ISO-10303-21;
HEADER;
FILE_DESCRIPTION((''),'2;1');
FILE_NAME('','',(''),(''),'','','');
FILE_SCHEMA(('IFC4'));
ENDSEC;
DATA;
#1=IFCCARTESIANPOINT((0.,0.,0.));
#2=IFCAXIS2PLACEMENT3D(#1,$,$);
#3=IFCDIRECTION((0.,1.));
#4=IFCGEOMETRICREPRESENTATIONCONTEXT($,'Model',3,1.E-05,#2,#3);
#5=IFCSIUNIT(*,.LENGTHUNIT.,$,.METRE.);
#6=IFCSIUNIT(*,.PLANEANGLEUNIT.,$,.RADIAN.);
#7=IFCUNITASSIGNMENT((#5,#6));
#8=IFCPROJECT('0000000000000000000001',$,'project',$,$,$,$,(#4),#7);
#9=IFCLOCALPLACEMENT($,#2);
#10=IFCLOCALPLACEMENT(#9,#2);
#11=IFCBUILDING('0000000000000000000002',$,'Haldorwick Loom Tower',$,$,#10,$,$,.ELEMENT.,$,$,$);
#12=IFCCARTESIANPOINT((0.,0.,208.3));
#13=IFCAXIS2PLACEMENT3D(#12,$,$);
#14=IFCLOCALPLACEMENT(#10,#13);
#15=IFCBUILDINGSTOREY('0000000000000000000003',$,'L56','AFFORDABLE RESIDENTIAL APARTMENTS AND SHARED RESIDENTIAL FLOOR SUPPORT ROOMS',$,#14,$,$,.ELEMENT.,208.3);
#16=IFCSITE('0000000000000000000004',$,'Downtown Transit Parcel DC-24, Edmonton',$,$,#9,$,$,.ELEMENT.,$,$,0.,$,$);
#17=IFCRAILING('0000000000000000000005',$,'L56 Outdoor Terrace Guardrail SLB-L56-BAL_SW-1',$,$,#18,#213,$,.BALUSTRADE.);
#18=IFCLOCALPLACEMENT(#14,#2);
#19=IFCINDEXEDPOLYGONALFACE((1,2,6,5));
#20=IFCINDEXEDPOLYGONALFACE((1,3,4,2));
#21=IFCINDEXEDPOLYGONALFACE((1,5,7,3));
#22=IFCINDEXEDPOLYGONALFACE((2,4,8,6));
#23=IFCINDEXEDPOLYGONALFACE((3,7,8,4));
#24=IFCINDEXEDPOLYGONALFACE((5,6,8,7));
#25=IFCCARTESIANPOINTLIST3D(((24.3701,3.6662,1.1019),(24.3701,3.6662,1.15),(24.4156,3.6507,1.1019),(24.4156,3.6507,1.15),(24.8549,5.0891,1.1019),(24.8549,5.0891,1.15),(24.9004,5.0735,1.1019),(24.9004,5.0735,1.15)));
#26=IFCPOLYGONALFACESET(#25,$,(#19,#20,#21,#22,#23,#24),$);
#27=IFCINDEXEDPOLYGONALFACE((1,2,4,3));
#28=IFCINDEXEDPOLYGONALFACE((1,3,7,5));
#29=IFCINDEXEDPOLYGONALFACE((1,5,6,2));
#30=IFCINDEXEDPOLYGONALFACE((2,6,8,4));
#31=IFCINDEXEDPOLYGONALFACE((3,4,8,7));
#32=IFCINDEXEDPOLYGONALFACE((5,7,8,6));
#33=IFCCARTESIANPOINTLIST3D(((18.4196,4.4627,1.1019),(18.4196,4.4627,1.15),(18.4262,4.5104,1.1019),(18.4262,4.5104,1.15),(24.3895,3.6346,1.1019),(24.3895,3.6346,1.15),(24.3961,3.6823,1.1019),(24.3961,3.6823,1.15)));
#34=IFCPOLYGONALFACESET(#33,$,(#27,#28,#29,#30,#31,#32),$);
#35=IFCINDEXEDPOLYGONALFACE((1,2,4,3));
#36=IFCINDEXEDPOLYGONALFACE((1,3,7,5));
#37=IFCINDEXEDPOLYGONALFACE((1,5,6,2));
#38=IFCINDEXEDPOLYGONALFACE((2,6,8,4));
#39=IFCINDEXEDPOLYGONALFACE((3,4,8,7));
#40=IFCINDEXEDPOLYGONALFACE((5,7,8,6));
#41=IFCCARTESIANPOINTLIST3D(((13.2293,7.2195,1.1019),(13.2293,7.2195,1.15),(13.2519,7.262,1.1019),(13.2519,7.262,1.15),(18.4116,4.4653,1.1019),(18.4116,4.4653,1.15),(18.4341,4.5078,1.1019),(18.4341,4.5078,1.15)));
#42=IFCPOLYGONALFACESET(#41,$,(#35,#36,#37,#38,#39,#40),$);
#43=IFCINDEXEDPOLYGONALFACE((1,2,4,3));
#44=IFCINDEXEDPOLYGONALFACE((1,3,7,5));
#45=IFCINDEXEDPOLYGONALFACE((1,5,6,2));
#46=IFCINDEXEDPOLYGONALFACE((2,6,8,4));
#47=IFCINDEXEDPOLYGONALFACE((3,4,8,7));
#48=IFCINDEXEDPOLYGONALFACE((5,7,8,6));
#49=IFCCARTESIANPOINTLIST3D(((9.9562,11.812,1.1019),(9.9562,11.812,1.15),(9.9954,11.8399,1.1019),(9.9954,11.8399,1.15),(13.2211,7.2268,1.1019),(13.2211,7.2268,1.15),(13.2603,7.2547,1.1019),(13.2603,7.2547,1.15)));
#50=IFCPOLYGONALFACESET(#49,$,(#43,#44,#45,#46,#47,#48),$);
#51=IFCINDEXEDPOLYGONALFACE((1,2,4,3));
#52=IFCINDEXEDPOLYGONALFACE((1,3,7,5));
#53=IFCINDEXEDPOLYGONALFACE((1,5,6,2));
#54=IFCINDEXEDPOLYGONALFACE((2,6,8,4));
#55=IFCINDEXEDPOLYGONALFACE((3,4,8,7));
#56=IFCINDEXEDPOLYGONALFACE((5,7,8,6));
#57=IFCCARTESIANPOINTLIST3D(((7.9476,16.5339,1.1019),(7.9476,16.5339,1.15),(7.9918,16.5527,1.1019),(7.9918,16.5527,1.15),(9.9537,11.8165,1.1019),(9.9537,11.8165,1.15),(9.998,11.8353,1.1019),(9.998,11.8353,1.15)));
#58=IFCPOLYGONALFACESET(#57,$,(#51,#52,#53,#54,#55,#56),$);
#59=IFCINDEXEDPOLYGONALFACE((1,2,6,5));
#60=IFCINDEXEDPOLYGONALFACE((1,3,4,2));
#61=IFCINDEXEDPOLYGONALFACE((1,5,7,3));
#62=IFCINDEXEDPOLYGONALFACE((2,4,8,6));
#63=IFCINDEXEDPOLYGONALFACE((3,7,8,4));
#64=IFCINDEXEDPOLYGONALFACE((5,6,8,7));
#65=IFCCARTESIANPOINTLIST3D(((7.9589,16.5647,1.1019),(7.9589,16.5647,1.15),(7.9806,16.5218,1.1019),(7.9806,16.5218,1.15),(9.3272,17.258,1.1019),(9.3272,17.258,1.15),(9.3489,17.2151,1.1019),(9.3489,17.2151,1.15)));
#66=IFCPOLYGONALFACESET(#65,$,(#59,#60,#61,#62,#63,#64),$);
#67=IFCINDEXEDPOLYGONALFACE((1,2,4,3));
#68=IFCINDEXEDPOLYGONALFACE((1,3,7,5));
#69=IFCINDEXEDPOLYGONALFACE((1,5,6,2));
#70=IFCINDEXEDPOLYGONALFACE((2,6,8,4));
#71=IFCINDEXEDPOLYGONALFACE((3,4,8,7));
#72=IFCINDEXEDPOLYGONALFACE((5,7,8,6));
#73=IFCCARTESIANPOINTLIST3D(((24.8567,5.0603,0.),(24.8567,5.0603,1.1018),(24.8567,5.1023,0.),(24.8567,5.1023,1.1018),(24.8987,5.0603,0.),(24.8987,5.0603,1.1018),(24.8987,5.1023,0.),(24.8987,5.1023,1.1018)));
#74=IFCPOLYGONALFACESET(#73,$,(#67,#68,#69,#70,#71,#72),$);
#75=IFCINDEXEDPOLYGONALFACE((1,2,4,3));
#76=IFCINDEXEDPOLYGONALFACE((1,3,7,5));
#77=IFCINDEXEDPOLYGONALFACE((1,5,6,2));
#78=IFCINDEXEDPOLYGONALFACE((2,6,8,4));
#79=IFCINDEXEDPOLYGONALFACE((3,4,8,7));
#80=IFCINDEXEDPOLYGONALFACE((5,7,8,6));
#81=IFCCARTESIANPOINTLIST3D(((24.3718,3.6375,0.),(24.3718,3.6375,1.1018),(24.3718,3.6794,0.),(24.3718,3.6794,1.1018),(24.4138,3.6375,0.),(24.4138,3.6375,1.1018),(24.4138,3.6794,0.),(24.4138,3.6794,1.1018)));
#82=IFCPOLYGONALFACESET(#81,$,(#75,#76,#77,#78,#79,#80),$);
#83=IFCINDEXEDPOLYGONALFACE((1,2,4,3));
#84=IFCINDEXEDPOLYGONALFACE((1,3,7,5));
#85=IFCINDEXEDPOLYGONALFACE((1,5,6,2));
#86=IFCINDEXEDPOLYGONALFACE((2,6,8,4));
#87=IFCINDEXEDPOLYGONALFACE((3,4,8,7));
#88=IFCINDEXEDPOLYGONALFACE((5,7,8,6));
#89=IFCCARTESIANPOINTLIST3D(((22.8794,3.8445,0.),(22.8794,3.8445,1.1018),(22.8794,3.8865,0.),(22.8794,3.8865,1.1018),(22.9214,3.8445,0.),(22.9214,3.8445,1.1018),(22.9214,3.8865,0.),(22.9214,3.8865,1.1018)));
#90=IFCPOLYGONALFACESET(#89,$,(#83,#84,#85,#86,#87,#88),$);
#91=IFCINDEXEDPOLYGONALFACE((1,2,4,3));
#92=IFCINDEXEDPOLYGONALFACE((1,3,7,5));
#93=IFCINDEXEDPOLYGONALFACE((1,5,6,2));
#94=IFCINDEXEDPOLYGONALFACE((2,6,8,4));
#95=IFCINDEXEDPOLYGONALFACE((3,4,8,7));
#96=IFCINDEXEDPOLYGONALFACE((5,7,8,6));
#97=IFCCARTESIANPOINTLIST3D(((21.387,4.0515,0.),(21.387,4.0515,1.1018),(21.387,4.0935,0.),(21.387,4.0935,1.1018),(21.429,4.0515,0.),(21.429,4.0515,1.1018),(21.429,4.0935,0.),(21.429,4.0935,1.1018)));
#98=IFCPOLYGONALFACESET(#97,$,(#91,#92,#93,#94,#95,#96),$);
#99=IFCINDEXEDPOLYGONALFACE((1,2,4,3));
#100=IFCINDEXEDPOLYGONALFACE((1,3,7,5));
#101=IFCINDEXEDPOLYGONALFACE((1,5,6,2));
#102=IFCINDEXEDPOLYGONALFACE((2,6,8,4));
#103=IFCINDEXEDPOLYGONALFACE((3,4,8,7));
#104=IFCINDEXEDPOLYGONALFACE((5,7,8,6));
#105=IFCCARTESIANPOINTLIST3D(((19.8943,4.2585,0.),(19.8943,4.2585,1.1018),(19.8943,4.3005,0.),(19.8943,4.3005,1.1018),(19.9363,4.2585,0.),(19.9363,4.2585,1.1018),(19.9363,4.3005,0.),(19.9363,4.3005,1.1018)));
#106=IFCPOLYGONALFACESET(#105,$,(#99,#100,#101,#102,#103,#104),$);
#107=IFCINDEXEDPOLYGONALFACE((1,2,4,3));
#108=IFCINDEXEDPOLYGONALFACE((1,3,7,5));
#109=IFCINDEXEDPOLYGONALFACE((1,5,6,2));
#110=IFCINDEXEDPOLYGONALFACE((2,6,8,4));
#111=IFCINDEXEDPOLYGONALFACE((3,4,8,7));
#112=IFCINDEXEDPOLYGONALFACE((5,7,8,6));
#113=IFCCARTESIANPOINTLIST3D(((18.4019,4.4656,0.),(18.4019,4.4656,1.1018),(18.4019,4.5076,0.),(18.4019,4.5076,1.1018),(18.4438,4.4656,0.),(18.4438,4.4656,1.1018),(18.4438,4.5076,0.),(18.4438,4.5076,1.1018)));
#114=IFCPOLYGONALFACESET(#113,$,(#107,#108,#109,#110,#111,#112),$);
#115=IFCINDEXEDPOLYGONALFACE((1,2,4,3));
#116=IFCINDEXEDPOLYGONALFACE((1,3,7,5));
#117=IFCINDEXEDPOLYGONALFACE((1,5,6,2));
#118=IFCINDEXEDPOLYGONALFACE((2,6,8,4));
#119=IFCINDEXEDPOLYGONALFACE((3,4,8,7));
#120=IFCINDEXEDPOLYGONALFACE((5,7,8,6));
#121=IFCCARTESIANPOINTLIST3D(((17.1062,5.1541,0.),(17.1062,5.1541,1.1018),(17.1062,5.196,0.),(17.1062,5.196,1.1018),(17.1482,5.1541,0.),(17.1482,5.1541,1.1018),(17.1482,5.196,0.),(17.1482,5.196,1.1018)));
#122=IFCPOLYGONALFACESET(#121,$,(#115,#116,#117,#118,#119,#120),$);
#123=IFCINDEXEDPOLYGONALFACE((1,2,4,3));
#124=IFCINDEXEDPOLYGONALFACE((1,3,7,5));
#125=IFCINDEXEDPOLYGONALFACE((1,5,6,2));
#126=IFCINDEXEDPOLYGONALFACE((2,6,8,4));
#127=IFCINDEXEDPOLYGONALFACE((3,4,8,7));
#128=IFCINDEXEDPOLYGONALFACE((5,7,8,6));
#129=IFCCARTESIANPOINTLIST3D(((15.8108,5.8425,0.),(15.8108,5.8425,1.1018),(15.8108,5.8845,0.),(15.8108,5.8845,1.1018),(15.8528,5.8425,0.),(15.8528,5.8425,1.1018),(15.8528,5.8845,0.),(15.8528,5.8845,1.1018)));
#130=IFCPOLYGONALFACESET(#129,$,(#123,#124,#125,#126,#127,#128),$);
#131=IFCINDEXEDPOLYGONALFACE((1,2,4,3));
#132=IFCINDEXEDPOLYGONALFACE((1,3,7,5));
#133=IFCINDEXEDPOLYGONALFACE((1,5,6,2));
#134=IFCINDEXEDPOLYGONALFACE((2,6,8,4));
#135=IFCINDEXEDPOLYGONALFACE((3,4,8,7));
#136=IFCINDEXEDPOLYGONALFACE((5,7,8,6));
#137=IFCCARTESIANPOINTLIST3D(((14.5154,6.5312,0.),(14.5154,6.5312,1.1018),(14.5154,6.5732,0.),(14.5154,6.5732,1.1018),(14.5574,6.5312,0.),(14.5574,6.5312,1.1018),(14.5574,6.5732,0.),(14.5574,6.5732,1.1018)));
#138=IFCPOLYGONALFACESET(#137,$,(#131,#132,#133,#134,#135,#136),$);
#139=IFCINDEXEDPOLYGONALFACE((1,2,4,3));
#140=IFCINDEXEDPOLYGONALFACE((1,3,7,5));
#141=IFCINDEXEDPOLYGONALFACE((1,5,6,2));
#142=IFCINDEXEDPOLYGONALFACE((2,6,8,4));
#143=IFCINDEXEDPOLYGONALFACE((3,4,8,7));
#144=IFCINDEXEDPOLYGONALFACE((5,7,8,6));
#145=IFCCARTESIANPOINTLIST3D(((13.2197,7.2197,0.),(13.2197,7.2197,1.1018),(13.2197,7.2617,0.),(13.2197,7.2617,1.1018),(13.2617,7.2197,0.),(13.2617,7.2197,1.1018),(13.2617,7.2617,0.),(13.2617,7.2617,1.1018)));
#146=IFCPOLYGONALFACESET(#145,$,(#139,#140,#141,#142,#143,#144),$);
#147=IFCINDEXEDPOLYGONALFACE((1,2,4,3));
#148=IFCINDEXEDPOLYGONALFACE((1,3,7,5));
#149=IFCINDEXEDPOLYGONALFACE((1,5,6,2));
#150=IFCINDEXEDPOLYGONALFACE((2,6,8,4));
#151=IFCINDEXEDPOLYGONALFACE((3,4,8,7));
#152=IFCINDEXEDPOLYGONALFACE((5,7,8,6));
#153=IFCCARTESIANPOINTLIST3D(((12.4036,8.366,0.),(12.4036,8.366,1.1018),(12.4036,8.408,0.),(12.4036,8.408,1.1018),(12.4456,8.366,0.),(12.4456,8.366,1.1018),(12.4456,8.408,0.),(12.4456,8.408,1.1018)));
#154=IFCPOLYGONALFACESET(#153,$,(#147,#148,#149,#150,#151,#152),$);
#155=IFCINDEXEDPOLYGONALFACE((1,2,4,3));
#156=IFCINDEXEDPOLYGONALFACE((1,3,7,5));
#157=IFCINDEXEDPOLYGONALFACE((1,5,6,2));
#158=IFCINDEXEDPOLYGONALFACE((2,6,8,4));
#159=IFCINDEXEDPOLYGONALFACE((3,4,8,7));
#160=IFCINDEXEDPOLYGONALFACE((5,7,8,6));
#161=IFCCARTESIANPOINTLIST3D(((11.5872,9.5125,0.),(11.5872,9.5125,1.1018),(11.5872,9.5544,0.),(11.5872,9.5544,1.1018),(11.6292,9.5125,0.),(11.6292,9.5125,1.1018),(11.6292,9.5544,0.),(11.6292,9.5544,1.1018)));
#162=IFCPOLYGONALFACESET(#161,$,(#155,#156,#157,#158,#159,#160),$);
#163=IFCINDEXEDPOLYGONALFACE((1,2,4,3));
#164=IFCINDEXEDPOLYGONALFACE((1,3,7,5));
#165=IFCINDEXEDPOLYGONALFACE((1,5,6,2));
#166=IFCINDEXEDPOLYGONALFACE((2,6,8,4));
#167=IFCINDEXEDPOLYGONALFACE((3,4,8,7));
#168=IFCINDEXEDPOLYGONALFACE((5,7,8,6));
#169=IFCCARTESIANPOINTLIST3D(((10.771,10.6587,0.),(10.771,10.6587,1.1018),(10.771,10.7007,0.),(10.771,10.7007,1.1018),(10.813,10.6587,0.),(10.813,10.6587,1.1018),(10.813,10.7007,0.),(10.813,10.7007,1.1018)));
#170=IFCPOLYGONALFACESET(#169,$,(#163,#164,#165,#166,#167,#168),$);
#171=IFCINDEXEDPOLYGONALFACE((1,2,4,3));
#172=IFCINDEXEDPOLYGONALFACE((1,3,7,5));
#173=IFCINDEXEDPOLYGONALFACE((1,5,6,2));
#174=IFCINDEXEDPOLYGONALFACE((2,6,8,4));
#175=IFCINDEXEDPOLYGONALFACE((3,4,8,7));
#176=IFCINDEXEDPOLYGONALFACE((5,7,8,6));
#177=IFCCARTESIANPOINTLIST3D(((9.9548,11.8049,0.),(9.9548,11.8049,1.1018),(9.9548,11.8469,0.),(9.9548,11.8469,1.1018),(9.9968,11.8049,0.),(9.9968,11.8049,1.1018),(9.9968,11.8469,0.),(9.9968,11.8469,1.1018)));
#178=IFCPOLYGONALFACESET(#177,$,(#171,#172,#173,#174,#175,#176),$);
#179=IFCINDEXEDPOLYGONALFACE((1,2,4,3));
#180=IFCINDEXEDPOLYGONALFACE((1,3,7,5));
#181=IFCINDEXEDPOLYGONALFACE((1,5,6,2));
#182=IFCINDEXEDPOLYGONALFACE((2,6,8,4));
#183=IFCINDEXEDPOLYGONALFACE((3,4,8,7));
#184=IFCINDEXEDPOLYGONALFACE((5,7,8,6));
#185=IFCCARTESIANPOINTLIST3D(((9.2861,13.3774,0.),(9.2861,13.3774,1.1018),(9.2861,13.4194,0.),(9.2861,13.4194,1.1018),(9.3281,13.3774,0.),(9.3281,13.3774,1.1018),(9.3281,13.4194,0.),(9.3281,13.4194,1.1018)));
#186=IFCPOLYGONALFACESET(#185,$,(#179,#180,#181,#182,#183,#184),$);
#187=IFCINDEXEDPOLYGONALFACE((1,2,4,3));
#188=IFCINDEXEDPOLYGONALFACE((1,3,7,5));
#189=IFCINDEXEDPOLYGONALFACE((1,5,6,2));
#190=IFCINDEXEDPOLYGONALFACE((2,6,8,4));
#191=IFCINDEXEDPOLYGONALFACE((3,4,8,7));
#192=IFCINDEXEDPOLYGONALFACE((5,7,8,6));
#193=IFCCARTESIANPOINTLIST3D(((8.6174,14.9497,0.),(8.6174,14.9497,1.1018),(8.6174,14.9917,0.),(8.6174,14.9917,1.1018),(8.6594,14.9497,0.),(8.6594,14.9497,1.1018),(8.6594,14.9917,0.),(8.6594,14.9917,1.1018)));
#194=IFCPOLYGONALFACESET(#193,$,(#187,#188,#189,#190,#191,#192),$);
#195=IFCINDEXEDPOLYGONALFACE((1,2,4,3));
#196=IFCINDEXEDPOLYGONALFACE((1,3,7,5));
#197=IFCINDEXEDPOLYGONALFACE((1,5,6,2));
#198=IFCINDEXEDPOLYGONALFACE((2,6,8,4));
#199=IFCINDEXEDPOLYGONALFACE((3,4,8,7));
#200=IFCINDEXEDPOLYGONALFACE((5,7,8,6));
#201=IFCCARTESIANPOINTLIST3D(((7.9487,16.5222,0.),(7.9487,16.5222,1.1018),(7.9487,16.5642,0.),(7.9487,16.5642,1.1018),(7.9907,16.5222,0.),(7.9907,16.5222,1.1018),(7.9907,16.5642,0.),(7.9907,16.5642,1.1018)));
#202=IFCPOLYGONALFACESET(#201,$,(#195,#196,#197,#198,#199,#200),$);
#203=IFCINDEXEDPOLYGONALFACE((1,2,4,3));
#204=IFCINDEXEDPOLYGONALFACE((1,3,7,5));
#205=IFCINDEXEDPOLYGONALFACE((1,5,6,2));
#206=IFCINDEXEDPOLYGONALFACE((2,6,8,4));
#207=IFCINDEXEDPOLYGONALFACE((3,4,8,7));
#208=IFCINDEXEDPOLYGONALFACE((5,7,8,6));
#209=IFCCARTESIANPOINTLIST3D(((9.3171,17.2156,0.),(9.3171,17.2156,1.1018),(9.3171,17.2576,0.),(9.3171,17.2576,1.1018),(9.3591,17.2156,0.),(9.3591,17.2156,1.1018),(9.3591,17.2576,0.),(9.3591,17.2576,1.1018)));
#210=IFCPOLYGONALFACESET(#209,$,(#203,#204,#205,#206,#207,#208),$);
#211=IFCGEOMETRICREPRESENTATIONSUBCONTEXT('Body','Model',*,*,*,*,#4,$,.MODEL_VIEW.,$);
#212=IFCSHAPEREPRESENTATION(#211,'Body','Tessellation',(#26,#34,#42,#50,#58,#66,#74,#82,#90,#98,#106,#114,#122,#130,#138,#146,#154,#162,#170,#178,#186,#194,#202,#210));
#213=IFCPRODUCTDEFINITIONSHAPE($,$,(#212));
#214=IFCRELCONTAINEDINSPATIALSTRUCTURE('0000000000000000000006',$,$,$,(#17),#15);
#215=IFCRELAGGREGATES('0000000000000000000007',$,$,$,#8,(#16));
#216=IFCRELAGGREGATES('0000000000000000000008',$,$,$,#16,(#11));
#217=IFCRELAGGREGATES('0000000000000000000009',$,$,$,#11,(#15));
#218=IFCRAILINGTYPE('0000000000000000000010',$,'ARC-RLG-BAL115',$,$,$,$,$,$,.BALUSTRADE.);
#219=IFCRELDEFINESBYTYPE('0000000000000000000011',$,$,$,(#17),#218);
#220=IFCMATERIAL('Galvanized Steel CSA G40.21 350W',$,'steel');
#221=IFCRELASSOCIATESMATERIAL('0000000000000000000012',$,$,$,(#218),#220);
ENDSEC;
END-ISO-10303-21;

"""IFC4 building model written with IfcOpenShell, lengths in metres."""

from ifc_helpers import new_model, si_unit, direction, frame, origin, origin_2d, place, context, subcontext, project, spatial, rectangle, extrude, material, type_object, element, save


model = new_model("IFC4")

# Units and contexts
model_context = context("Model", 3, precision=1e-05, world=origin(), true_north=direction((0.0, 1.0)))
body_context = subcontext(model_context, "Body", "Model", "MODEL_VIEW")
ifc_project = project(units=[si_unit("LENGTHUNIT", "METRE"), si_unit("PLANEANGLEUNIT", "RADIAN")], contexts=[model_context])

# Site, building, storey
site_placement = place(None, origin())
site = spatial("IfcSite", under=ifc_project, at=site_placement, Name="Downtown Transit Parcel DC-24, Edmonton", CompositionType="ELEMENT", RefElevation=0.0)
building_placement = place(site_placement, origin())
building = spatial("IfcBuilding", under=site, at=building_placement, Name="Haldorwick Loom Tower", CompositionType="ELEMENT")
storey_placement = place(building_placement, frame((0.0, 0.0, 208.3)))
storey = spatial("IfcBuildingStorey", under=building, at=storey_placement, Name="L56", Description="AFFORDABLE RESIDENTIAL APARTMENTS AND SHARED RESIDENTIAL FLOOR SUPPORT ROOMS", CompositionType="ELEMENT", Elevation=208.3)

# Railing
ifc_material_1 = material(Name="Galvanized Steel CSA G40.21 350W", Category="steel")
railing_type = type_object("IfcRailingType", Name="ARC-RLG-BAL115", PredefinedType="BALUSTRADE", material=ifc_material_1)
railing_placement = place(storey_placement, frame((24.8777, 5.0813, 0.0)))
element("IfcRailing", 1, at=railing_placement, inside=storey, type_object=railing_type, Name="L56 Outdoor Terrace Guardrail SLB-L56-BAL_SW-1", PredefinedType="BALUSTRADE", context=body_context, shape_type="SweptSolid", body=[
    extrude(rectangle(XDim=0.0481, YDim=0.0481, at=origin_2d()), frame((0.0, 0.0, 1.126), z_axis=(-0.322555, -0.946551, 0.0), x_axis=(0.946551, -0.322555, 0.0)), (0.0, 0.0, 1.0), 1.5032),
    extrude(rectangle(XDim=0.0481, YDim=0.0481, at=origin_2d()), frame((-0.4849, -1.4229, 1.126), z_axis=(-0.990516, 0.137399, 0.0), x_axis=(-0.137399, -0.990516, 0.0)), (0.0, 0.0, 1.0), 6.0271),
    extrude(rectangle(XDim=0.0481, YDim=0.0481, at=origin_2d()), frame((-6.4548, -0.5947, 1.126), z_axis=(-0.883035, 0.469307, 0.0), x_axis=(-0.469307, -0.883035, 0.0)), (0.0, 0.0, 1.0), 5.8687),
    extrude(rectangle(XDim=0.0481, YDim=0.0481, at=origin_2d()), frame((-11.637, 2.1594, 1.126), z_axis=(-0.580031, 0.814594, 0.0), x_axis=(-0.814594, -0.580031, 0.0)), (0.0, 0.0, 1.0), 5.6289),
    extrude(rectangle(XDim=0.0481, YDim=0.0481, at=origin_2d()), frame((-14.9019, 6.7446, 1.126), z_axis=(-0.391348, 0.920243, 0.0), x_axis=(-0.920243, -0.391348, 0.0)), (0.0, 0.0, 1.0), 5.1262),
    extrude(rectangle(XDim=0.0481, YDim=0.0481, at=origin_2d()), frame((-16.908, 11.4619, 1.126), z_axis=(0.892027, 0.451982, 0.0), x_axis=(-0.451982, 0.892027, 0.0)), (0.0, 0.0, 1.0), 1.5339),
    extrude(rectangle(XDim=0.042, YDim=0.042, at=origin_2d()), origin(), (0.0, 0.0, 1.0), 1.1018),
    extrude(rectangle(XDim=0.042, YDim=0.042, at=origin_2d()), frame((-0.4849, -1.4229, 0.0)), (0.0, 0.0, 1.0), 1.1018),
    extrude(rectangle(XDim=0.042, YDim=0.042, at=origin_2d()), frame((-1.9773, -1.2158, 0.0)), (0.0, 0.0, 1.0), 1.1018),
    extrude(rectangle(XDim=0.042, YDim=0.042, at=origin_2d()), frame((-3.4697, -1.0088, 0.0)), (0.0, 0.0, 1.0), 1.1018),
    extrude(rectangle(XDim=0.042, YDim=0.042, at=origin_2d()), frame((-4.9624, -0.8018, 0.0)), (0.0, 0.0, 1.0), 1.1018),
    extrude(rectangle(XDim=0.042, YDim=0.042, at=origin_2d()), frame((-6.4548, -0.5947, 0.0)), (0.0, 0.0, 1.0), 1.1018),
    extrude(rectangle(XDim=0.042, YDim=0.042, at=origin_2d()), frame((-7.7505, 0.0938, 0.0)), (0.0, 0.0, 1.0), 1.1018),
    extrude(rectangle(XDim=0.042, YDim=0.042, at=origin_2d()), frame((-9.0459, 0.7822, 0.0)), (0.0, 0.0, 1.0), 1.1018),
    extrude(rectangle(XDim=0.042, YDim=0.042, at=origin_2d()), frame((-10.3413, 1.4709, 0.0)), (0.0, 0.0, 1.0), 1.1018),
    extrude(rectangle(XDim=0.042, YDim=0.042, at=origin_2d()), frame((-11.637, 2.1594, 0.0)), (0.0, 0.0, 1.0), 1.1018),
    extrude(rectangle(XDim=0.042, YDim=0.042, at=origin_2d()), frame((-12.4531, 3.3057, 0.0)), (0.0, 0.0, 1.0), 1.1018),
    extrude(rectangle(XDim=0.042, YDim=0.042, at=origin_2d()), frame((-13.2695, 4.4521, 0.0)), (0.0, 0.0, 1.0), 1.1018),
    extrude(rectangle(XDim=0.042, YDim=0.042, at=origin_2d()), frame((-14.0857, 5.5984, 0.0)), (0.0, 0.0, 1.0), 1.1018),
    extrude(rectangle(XDim=0.042, YDim=0.042, at=origin_2d()), frame((-14.9019, 6.7446, 0.0)), (0.0, 0.0, 1.0), 1.1018),
    extrude(rectangle(XDim=0.042, YDim=0.042, at=origin_2d()), frame((-15.5706, 8.3171, 0.0)), (0.0, 0.0, 1.0), 1.1018),
    extrude(rectangle(XDim=0.042, YDim=0.042, at=origin_2d()), frame((-16.2393, 9.8894, 0.0)), (0.0, 0.0, 1.0), 1.1018),
    extrude(rectangle(XDim=0.042, YDim=0.042, at=origin_2d()), frame((-16.908, 11.4619, 0.0)), (0.0, 0.0, 1.0), 1.1018),
    extrude(rectangle(XDim=0.042, YDim=0.042, at=origin_2d()), frame((-15.5396, 12.1553, 0.0)), (0.0, 0.0, 1.0), 1.1018),
])

save(model, "model.ifc")
